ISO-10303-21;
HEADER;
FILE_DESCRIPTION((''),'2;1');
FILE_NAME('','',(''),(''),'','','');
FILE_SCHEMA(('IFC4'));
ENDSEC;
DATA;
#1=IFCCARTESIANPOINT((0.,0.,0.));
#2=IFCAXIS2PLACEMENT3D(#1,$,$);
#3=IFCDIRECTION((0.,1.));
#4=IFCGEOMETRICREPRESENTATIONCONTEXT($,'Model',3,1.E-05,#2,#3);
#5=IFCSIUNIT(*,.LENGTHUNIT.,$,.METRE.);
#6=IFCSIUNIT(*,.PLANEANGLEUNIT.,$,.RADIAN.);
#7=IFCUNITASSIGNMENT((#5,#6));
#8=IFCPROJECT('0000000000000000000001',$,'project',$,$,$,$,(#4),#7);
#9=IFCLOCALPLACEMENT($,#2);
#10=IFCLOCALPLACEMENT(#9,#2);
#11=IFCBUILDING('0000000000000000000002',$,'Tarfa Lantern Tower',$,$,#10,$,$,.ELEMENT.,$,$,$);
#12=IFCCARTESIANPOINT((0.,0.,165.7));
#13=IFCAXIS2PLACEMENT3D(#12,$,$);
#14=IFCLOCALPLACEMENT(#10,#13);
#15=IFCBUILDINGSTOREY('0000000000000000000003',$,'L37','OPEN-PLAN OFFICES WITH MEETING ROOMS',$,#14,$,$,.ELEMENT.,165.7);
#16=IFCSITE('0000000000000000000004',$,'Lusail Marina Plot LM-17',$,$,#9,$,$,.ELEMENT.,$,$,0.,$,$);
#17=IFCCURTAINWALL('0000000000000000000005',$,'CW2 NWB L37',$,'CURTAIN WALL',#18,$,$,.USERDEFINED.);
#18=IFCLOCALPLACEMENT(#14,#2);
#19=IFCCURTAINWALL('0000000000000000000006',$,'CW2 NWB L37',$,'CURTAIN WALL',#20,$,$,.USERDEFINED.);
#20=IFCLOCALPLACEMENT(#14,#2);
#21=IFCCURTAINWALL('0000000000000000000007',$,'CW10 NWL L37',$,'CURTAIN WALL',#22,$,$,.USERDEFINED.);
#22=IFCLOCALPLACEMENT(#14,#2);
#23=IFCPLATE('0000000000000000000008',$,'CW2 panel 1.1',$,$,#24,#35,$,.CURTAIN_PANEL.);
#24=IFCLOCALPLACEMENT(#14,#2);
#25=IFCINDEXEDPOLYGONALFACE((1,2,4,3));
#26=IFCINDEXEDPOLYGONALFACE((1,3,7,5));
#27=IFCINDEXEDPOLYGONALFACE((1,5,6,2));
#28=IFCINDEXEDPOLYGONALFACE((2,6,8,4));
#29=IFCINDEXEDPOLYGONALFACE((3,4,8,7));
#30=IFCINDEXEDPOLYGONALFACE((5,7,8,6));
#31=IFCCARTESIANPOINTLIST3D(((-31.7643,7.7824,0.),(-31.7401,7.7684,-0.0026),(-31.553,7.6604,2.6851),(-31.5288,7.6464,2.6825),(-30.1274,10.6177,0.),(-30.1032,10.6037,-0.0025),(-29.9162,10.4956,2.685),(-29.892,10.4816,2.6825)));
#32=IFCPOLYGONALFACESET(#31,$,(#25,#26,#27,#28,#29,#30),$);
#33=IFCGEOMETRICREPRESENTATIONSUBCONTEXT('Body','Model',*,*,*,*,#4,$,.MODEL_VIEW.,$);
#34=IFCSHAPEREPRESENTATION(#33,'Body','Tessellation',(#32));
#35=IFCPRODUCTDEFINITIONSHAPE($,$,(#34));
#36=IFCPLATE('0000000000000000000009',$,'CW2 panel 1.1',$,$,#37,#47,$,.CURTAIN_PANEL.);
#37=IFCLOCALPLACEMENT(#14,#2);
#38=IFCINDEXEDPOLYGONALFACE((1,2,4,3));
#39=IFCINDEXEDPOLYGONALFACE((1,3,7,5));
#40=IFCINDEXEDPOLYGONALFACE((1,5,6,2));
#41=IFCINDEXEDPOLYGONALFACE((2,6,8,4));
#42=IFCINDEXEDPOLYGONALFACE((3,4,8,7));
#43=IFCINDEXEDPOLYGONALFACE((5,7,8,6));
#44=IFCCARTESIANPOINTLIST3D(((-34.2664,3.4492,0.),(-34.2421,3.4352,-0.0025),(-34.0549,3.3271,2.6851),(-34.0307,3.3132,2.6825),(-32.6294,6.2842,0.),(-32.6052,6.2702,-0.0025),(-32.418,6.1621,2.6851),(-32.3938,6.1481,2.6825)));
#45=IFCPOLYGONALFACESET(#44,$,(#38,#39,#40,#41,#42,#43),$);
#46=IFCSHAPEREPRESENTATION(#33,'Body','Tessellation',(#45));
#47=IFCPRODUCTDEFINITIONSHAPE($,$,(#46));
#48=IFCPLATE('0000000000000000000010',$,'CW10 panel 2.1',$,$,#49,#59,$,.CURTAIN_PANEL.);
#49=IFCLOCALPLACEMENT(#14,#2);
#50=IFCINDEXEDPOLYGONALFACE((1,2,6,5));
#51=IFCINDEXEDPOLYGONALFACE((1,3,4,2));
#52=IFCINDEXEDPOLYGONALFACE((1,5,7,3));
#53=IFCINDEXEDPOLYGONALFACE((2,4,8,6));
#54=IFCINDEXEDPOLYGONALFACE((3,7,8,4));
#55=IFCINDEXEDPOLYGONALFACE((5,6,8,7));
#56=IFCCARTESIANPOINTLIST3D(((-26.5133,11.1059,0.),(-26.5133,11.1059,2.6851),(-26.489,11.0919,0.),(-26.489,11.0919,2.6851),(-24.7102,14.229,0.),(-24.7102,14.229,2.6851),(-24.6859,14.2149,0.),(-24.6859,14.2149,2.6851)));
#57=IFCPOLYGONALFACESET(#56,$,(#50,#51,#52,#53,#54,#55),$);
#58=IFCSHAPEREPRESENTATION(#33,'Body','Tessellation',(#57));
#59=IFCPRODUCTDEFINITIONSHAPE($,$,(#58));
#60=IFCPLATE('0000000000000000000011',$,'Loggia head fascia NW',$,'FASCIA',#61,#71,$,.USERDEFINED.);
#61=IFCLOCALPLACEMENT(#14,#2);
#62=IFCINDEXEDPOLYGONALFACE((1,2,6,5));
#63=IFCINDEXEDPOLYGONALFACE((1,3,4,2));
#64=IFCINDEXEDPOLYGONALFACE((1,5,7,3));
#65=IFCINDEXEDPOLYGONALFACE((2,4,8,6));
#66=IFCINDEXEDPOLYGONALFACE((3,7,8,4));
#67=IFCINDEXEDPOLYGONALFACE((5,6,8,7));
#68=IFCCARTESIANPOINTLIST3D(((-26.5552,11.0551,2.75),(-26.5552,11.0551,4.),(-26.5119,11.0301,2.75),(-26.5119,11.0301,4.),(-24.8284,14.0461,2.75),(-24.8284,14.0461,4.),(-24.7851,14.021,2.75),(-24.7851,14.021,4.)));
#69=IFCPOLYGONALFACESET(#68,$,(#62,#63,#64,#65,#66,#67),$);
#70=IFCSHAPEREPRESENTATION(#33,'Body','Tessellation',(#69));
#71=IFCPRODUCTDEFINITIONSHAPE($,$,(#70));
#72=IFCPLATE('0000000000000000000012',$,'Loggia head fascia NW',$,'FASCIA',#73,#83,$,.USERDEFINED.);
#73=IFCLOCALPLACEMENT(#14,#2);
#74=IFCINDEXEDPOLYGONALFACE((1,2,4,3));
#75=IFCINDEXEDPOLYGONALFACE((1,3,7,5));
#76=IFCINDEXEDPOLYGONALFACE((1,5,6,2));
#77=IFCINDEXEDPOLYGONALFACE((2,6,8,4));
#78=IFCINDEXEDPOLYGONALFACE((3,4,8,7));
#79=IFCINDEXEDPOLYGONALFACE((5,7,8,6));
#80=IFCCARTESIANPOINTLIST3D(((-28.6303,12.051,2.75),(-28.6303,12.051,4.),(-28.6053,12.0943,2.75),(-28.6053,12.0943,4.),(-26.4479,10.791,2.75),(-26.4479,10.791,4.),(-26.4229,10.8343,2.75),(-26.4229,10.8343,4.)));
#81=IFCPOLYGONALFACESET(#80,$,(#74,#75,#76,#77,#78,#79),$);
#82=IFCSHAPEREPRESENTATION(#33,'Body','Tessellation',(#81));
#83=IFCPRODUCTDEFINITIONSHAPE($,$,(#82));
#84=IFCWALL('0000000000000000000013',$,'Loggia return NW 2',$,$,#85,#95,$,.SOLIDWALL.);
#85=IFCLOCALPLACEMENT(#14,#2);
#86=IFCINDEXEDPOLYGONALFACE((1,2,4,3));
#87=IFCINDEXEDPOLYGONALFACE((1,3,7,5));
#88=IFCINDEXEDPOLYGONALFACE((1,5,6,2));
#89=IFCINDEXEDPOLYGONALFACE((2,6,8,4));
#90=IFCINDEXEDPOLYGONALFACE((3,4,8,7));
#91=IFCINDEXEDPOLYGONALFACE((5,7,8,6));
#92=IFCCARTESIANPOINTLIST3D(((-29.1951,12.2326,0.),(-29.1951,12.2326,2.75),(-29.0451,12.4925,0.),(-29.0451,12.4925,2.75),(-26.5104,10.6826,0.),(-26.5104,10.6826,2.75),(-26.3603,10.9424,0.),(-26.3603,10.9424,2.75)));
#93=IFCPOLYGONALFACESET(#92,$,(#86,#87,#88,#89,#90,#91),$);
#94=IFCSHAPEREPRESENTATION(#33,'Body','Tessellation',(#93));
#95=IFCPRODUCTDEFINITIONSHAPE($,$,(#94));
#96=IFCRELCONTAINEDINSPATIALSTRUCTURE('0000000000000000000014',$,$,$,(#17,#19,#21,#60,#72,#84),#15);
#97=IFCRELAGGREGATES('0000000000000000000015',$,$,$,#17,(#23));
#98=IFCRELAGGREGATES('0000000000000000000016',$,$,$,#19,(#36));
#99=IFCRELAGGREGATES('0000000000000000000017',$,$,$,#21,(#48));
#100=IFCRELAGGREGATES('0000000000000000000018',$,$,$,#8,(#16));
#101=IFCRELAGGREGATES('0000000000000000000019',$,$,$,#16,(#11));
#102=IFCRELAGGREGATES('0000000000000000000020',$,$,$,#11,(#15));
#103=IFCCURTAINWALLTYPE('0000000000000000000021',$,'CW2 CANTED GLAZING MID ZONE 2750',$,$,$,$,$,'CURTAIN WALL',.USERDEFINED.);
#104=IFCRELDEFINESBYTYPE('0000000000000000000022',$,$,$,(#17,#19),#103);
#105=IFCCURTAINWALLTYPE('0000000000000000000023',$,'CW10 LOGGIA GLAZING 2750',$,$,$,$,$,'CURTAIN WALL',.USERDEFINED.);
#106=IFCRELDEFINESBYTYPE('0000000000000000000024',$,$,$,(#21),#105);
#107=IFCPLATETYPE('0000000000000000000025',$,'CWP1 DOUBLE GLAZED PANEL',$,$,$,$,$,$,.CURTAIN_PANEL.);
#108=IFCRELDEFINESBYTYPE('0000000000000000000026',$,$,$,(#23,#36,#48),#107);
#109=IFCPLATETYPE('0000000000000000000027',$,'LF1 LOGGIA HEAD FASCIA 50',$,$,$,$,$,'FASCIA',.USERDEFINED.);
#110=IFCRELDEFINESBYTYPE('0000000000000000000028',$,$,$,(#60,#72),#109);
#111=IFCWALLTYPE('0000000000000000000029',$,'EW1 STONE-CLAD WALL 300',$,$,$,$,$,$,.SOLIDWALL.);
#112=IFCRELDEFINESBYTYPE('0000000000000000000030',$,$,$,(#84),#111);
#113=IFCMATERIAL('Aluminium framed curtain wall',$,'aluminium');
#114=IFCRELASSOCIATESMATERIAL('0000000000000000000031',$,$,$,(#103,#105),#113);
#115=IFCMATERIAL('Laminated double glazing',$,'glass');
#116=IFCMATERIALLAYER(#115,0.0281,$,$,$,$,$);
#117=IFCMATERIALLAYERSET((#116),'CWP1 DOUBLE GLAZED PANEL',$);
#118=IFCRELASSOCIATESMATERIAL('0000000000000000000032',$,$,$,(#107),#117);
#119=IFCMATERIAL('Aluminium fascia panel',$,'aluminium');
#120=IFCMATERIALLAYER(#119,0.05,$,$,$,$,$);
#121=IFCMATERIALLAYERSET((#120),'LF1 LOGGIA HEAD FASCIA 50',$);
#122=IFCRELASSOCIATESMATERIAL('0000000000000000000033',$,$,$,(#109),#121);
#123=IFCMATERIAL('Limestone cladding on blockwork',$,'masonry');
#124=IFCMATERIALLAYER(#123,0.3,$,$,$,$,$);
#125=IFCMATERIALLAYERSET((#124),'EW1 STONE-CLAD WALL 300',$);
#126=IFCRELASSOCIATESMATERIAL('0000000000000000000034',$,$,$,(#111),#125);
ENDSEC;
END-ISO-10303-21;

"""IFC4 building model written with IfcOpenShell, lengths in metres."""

from ifc_helpers import new_model, si_unit, direction, frame, frame_2d, origin, origin_2d, place, context, subcontext, project, spatial, polyline, rectangle, outline, extrude, material, layer, layer_set, type_object, element, aggregate, save


model = new_model("IFC4")

# Units and contexts
model_context = context("Model", 3, precision=1e-05, world=origin(), true_north=direction((0.0, 1.0)))
body_context = subcontext(model_context, "Body", "Model", "MODEL_VIEW")
ifc_project = project(units=[si_unit("LENGTHUNIT", "METRE"), si_unit("PLANEANGLEUNIT", "RADIAN")], contexts=[model_context])

# Site, building, storey
site_placement = place(None, origin())
site = spatial("IfcSite", under=ifc_project, at=site_placement, Name="Lusail Marina Plot LM-17", CompositionType="ELEMENT", RefElevation=0.0)
building_placement = place(site_placement, origin())
building = spatial("IfcBuilding", under=site, at=building_placement, Name="Tarfa Lantern Tower", CompositionType="ELEMENT")
storey_placement = place(building_placement, frame((0.0, 0.0, 165.7)))
storey = spatial("IfcBuildingStorey", under=building, at=storey_placement, Name="L37", Description="OPEN-PLAN OFFICES WITH MEETING ROOMS", CompositionType="ELEMENT", Elevation=165.7)

# Curtain walls
ifc_material_1 = material(Name="Aluminium framed curtain wall", Category="aluminium")
curtain_wall_type_1 = type_object("IfcCurtainWallType", Name="CW2 CANTED GLAZING MID ZONE 2750", ElementType="CURTAIN WALL", PredefinedType="USERDEFINED", material=ifc_material_1)
curtain_wall_1_placement = place(storey_placement, origin())
curtain_wall_1 = element("IfcCurtainWall", 1, at=curtain_wall_1_placement, inside=storey, type_object=curtain_wall_type_1, Name="CW2 NWB L37", ObjectType="CURTAIN WALL", PredefinedType="USERDEFINED")
curtain_wall_2_placement = place(storey_placement, origin())
curtain_wall_2 = element("IfcCurtainWall", 2, at=curtain_wall_2_placement, inside=storey, type_object=curtain_wall_type_1, Name="CW2 NWB L37", ObjectType="CURTAIN WALL", PredefinedType="USERDEFINED")

# Curtain wall
curtain_wall_type_2 = type_object("IfcCurtainWallType", Name="CW10 LOGGIA GLAZING 2750", ElementType="CURTAIN WALL", PredefinedType="USERDEFINED", material=ifc_material_1)
curtain_wall_3_placement = place(storey_placement, origin())
curtain_wall_3 = element("IfcCurtainWall", 3, at=curtain_wall_3_placement, inside=storey, type_object=curtain_wall_type_2, Name="CW10 NWL L37", ObjectType="CURTAIN WALL", PredefinedType="USERDEFINED")

# Plates
ifc_material_2 = material(Name="Laminated double glazing", Category="glass")
ifc_layer_1 = layer(ifc_material_2, 0.0281)
ifc_layer_set_1 = layer_set([ifc_layer_1], Name="CWP1 DOUBLE GLAZED PANEL")
plate_type_1 = type_object("IfcPlateType", Name="CWP1 DOUBLE GLAZED PANEL", PredefinedType="CURTAIN_PANEL", material=ifc_layer_set_1)
plate_1_placement = place(storey_placement, frame((-30.1274, 10.6177, 0.0), z_axis=(-0.862479, 0.497933, 0.090511), x_axis=(-0.499985, -0.866034, -0.000003)))
plate_1 = element("IfcPlate", 4, at=plate_1_placement, type_object=plate_type_1, Name="CW2 panel 1.1", PredefinedType="CURTAIN_PANEL", context=body_context, shape_type="SweptSolid", body=[
    extrude(outline(polyline([(0.0, 0.0), (3.2738, 0.0), (3.2738, 2.6961), (0.0001, 2.6961), (0.0, 0.0)])), origin(), (0.0, 0.0, -1.0), 0.0281),
])
aggregate(curtain_wall_1, [plate_1])
plate_2_placement = place(storey_placement, frame((-32.6294, 6.2842, 0.0), z_axis=(-0.862442, 0.497991, 0.09055), x_axis=(-0.500045, -0.865999, 0.0)))
plate_2 = element("IfcPlate", 5, at=plate_2_placement, type_object=plate_type_1, Name="CW2 panel 1.1", PredefinedType="CURTAIN_PANEL", context=body_context, shape_type="SweptSolid", body=[
    extrude(outline(polyline([(0.0, 0.0), (3.2736, 0.0), (3.2736, 2.6961), (0.0, 2.6961), (0.0, 0.0)])), origin(), (0.0, 0.0, -1.0), 0.0281),
])
aggregate(curtain_wall_2, [plate_2])
plate_3_placement = place(storey_placement, frame((-25.5996, 12.6604, 0.0), z_axis=(0.0, 0.0, 1.0), x_axis=(-0.5, -0.866025, 0.0)))
plate_3 = element("IfcPlate", 6, at=plate_3_placement, type_object=plate_type_1, Name="CW10 panel 2.1", PredefinedType="CURTAIN_PANEL", context=body_context, shape_type="SweptSolid", body=[
    extrude(rectangle(XDim=3.6062, YDim=0.0281, at=origin_2d()), origin(), (0.0, 0.0, 1.0), 2.6851),
])
aggregate(curtain_wall_3, [plate_3])

# Plates
ifc_material_3 = material(Name="Aluminium fascia panel", Category="aluminium")
ifc_layer_2 = layer(ifc_material_3, 0.05)
ifc_layer_set_2 = layer_set([ifc_layer_2], Name="LF1 LOGGIA HEAD FASCIA 50")
plate_type_2 = type_object("IfcPlateType", Name="LF1 LOGGIA HEAD FASCIA 50", ElementType="FASCIA", PredefinedType="USERDEFINED", material=ifc_layer_set_2)
plate_4_placement = place(storey_placement, frame((-25.6702, 12.5381, 2.75), z_axis=(0.0, 0.0, 1.0), x_axis=(-0.5, -0.866025, 0.0)))
element("IfcPlate", 7, at=plate_4_placement, inside=storey, type_object=plate_type_2, Name="Loggia head fascia NW", ObjectType="FASCIA", PredefinedType="USERDEFINED", context=body_context, shape_type="SweptSolid", body=[
    extrude(rectangle(XDim=3.4536, YDim=0.05, at=origin_2d()), origin(), (0.0, 0.0, 1.0), 1.25),
])
plate_5_placement = place(storey_placement, frame((-27.5266, 11.4426, 2.75), z_axis=(0.0, 0.0, 1.0), x_axis=(0.866025, -0.5, 0.0)))
element("IfcPlate", 8, at=plate_5_placement, inside=storey, type_object=plate_type_2, Name="Loggia head fascia NW", ObjectType="FASCIA", PredefinedType="USERDEFINED", context=body_context, shape_type="SweptSolid", body=[
    extrude(rectangle(XDim=2.52, YDim=0.05, at=origin_2d()), origin(), (0.0, 0.0, 1.0), 1.25),
])

# Wall
ifc_material_4 = material(Name="Limestone cladding on blockwork", Category="masonry")
ifc_layer_3 = layer(ifc_material_4, 0.3)
ifc_layer_set_3 = layer_set([ifc_layer_3], Name="EW1 STONE-CLAD WALL 300")
wall_type = type_object("IfcWallType", Name="EW1 STONE-CLAD WALL 300", PredefinedType="SOLIDWALL", material=ifc_layer_set_3)
wall_placement = place(storey_placement, frame((-29.1201, 12.3625, 0.0), z_axis=(0.0, 0.0, 1.0), x_axis=(0.86603, -0.499993, 0.0)))
element("IfcWall", 9, at=wall_placement, inside=storey, type_object=wall_type, Name="Loggia return NW 2", PredefinedType="SOLIDWALL", context=body_context, shape_type="SweptSolid", body=[
    extrude(rectangle(XDim=3.1001, YDim=0.3, at=frame_2d((1.55, 0.0))), origin(), (0.0, 0.0, 1.0), 2.75),
])

save(model, "model.ifc")
